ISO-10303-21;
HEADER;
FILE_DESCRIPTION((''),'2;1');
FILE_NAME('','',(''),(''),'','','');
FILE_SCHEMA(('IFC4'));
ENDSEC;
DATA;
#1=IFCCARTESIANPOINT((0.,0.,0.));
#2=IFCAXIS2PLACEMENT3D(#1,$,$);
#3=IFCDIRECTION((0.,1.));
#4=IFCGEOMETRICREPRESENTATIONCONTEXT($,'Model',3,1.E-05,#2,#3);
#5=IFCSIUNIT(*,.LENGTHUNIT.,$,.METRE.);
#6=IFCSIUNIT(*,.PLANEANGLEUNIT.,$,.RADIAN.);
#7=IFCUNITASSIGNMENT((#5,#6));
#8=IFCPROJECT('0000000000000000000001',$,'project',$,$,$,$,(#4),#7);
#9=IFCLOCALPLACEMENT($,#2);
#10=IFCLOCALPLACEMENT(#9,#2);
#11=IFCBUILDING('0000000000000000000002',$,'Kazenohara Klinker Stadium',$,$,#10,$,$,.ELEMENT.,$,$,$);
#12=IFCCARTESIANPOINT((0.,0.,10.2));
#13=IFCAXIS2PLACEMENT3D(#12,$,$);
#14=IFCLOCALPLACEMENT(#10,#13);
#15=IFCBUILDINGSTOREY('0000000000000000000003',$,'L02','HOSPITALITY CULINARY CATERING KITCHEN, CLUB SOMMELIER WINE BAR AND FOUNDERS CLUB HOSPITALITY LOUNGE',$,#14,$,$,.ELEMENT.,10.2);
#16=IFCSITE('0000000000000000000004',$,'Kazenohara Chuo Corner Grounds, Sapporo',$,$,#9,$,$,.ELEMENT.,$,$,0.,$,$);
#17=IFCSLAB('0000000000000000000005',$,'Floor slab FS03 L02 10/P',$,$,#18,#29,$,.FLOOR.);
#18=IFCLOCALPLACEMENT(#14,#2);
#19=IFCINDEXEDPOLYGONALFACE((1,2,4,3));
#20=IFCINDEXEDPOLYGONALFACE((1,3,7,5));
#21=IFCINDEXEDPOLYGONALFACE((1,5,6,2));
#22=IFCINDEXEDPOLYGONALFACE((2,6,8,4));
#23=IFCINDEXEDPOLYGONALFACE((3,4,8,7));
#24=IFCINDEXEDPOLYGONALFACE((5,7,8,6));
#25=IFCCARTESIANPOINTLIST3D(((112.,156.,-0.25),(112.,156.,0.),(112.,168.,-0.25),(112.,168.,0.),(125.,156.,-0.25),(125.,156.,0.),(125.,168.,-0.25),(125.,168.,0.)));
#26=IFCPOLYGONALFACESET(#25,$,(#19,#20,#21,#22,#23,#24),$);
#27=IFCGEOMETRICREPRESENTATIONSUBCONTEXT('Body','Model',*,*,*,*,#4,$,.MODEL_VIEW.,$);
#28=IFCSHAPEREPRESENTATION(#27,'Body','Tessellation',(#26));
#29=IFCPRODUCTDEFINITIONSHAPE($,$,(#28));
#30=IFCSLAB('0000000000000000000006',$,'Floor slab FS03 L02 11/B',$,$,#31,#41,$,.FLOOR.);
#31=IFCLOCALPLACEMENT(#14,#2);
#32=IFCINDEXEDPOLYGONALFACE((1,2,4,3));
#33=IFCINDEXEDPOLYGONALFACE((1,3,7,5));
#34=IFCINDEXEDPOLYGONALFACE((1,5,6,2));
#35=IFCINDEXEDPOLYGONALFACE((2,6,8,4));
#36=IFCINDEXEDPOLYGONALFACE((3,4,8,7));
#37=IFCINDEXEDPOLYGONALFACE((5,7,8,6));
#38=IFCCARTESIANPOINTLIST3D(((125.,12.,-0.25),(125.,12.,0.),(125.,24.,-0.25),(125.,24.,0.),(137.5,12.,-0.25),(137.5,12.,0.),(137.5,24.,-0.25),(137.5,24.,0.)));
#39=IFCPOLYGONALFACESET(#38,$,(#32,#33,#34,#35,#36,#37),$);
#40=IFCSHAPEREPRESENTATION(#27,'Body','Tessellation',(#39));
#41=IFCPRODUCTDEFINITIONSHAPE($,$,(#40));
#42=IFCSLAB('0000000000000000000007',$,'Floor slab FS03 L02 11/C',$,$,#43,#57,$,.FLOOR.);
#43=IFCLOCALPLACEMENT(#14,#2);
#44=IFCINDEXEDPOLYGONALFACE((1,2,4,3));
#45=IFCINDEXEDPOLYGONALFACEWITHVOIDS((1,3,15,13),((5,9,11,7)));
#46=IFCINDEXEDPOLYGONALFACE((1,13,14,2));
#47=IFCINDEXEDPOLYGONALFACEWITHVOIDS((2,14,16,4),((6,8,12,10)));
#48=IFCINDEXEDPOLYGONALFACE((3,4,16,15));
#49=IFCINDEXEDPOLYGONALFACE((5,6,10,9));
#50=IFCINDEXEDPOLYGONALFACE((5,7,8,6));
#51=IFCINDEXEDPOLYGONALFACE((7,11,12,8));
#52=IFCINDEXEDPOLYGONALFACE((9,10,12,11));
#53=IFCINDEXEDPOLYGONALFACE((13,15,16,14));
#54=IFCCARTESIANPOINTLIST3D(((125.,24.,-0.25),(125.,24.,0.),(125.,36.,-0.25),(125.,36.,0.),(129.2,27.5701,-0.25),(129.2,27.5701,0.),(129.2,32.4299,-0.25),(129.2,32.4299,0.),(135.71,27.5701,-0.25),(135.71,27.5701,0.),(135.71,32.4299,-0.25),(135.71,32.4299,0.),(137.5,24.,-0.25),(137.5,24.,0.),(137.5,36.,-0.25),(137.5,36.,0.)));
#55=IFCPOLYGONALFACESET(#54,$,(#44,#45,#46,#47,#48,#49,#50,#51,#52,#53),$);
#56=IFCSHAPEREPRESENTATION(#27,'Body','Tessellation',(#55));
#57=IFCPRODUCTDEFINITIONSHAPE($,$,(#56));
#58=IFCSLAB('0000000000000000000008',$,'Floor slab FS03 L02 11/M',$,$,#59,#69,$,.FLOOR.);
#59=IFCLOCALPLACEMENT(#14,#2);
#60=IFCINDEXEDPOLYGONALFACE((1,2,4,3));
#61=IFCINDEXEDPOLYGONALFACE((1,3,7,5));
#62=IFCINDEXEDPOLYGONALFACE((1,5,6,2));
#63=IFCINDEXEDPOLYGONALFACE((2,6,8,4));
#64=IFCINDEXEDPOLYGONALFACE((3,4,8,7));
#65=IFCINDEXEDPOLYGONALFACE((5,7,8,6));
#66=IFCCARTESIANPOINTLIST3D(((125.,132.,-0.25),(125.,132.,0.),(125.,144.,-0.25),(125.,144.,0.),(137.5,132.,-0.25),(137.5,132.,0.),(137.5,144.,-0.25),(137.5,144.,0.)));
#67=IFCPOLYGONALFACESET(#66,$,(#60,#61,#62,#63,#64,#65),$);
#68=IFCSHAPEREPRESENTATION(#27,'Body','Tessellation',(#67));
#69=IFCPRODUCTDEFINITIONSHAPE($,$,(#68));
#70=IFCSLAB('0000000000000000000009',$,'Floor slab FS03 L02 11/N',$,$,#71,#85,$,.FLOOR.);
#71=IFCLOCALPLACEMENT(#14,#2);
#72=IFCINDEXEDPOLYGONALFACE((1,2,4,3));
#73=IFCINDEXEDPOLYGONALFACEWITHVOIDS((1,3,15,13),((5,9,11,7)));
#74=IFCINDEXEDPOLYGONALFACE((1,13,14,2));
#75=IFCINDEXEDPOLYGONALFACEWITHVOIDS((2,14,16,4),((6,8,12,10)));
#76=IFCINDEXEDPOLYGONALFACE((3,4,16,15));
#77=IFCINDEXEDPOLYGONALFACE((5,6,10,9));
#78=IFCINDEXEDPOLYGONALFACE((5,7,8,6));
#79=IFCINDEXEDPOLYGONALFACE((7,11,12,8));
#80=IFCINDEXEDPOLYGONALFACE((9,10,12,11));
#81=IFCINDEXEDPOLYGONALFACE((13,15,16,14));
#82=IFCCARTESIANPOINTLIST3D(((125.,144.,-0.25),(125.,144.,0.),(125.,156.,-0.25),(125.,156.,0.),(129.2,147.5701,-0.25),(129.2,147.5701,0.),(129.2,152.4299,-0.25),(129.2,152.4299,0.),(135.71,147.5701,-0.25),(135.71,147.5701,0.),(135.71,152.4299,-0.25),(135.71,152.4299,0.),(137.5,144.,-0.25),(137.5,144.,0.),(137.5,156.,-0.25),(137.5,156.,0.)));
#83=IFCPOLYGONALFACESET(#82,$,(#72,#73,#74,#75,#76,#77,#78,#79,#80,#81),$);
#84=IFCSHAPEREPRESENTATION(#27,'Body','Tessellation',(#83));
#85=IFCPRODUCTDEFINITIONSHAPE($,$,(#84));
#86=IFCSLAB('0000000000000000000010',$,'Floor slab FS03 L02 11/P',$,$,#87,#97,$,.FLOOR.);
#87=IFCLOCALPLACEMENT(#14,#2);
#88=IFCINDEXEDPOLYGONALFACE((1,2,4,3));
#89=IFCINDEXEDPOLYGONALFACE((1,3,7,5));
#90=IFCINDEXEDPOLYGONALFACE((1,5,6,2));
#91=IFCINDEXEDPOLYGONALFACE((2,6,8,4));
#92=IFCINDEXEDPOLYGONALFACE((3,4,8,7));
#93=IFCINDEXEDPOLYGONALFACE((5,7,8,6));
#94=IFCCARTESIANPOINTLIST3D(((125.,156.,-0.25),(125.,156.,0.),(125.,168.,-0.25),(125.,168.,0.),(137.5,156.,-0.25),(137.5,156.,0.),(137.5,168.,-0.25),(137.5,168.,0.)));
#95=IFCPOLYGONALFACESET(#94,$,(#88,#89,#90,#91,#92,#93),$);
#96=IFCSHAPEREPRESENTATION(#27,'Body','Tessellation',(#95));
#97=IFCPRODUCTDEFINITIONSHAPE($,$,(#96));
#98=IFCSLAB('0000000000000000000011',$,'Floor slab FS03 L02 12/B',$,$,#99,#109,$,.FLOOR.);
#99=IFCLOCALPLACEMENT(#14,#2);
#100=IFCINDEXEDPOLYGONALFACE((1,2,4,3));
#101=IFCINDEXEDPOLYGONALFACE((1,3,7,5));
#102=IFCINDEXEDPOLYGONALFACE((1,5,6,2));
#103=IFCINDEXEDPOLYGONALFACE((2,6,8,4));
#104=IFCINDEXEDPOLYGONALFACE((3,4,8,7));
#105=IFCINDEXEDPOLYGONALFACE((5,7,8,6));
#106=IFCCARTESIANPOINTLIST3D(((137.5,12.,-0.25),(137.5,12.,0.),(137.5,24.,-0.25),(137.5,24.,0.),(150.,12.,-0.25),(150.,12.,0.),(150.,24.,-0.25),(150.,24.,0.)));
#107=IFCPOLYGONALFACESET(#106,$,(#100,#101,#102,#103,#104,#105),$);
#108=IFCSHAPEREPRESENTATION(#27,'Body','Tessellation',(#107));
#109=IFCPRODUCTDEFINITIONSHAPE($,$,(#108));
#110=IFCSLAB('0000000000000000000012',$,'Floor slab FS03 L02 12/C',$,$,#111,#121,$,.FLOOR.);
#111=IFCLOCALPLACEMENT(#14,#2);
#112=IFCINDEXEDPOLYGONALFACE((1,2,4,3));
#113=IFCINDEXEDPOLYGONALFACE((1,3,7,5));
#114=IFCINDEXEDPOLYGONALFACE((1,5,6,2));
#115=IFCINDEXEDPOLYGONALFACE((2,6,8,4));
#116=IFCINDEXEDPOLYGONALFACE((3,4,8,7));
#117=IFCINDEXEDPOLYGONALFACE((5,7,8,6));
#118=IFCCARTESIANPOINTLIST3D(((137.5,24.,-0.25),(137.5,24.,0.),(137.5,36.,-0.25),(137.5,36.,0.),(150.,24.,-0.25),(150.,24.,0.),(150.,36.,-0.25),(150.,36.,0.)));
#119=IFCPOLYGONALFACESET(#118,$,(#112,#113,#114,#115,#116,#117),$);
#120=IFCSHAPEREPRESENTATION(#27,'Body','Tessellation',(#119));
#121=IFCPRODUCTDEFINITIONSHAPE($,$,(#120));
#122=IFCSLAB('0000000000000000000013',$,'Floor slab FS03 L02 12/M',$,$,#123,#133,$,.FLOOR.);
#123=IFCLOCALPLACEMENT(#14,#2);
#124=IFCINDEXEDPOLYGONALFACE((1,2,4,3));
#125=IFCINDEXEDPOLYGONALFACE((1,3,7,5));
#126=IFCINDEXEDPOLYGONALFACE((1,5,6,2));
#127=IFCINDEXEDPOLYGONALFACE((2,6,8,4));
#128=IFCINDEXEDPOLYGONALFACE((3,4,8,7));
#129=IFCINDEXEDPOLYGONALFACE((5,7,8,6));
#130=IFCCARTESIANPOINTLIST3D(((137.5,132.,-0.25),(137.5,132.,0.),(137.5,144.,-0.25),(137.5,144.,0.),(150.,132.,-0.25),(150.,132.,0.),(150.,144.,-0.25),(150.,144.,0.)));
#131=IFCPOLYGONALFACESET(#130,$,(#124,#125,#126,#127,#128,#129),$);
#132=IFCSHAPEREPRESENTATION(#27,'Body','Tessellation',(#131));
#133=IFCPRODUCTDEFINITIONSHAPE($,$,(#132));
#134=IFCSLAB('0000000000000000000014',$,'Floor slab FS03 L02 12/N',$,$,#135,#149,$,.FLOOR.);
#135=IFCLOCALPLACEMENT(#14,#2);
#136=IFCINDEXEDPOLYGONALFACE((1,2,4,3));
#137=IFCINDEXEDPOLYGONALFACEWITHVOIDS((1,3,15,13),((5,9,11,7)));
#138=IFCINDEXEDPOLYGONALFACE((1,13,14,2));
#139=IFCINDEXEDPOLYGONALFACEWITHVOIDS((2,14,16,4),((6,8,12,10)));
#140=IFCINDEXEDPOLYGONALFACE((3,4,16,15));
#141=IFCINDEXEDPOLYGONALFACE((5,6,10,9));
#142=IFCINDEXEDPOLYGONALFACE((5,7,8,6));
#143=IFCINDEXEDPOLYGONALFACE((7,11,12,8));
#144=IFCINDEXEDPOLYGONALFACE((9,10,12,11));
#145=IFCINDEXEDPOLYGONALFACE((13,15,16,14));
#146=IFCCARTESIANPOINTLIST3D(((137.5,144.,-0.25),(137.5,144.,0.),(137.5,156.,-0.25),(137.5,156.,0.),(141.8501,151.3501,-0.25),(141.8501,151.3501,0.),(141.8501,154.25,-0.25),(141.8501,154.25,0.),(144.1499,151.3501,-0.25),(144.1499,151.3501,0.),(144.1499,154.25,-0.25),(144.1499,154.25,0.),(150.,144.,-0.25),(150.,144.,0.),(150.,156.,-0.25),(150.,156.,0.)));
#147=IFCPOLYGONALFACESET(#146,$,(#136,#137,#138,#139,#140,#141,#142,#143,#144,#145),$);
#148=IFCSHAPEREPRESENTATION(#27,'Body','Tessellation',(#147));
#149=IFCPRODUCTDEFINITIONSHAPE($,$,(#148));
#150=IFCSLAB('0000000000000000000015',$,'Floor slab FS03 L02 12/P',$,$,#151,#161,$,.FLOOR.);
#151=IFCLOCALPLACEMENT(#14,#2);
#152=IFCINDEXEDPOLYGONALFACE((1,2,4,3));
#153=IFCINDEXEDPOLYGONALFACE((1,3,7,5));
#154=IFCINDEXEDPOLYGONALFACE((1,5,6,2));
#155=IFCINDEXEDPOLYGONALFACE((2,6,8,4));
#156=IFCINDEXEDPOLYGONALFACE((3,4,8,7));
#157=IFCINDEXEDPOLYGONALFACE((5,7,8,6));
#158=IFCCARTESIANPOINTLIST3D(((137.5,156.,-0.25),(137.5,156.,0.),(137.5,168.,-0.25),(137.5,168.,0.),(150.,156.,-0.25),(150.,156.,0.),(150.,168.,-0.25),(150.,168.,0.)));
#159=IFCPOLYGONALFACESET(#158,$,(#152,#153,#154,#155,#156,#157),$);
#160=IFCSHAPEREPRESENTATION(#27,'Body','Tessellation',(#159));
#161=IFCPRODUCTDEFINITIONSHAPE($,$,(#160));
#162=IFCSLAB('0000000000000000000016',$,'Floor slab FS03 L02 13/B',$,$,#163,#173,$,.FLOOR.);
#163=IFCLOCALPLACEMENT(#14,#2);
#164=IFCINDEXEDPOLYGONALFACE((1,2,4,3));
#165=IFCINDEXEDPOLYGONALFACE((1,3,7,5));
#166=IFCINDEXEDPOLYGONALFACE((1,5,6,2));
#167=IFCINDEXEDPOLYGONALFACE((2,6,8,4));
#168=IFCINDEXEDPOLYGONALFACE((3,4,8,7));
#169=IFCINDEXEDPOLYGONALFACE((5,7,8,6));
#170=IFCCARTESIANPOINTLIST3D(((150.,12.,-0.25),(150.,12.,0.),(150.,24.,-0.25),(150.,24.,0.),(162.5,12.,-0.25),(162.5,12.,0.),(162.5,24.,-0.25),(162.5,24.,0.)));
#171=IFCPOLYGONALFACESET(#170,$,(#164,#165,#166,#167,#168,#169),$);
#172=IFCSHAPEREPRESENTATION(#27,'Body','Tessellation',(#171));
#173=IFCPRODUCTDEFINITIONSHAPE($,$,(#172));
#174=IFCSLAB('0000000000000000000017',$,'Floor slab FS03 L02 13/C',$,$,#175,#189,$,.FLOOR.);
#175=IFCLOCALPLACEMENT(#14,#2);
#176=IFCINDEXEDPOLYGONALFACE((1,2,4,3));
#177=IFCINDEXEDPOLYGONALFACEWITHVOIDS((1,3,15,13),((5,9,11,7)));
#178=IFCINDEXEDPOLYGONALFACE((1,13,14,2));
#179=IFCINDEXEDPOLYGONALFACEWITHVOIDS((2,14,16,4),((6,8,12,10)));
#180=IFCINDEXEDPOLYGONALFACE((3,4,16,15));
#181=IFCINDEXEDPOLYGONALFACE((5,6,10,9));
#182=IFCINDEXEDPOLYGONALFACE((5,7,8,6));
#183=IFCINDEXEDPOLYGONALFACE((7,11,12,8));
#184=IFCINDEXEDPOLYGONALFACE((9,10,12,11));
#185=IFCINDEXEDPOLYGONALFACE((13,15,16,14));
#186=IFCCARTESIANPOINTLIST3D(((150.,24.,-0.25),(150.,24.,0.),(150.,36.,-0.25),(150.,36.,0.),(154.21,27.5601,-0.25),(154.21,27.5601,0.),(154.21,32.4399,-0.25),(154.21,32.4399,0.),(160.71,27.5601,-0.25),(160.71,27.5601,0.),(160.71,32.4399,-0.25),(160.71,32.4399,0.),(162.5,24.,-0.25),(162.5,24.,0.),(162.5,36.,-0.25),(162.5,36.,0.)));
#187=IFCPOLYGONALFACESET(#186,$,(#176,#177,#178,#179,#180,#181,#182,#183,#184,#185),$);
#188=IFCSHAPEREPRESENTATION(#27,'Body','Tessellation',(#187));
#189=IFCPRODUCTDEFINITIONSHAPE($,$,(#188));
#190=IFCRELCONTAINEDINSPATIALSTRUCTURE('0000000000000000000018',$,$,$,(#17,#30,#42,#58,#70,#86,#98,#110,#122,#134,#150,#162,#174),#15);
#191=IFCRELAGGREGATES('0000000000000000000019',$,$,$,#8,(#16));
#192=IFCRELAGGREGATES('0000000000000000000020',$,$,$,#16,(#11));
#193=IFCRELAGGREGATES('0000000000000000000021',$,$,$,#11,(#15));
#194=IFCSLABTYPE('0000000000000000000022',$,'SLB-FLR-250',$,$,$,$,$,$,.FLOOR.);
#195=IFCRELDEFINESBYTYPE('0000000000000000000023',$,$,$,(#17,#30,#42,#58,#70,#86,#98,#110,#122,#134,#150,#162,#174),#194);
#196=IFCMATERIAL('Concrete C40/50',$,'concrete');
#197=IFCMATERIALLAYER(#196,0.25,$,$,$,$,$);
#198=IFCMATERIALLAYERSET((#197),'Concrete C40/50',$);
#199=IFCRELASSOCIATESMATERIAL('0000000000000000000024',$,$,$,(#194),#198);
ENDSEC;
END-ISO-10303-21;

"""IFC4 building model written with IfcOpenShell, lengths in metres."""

from ifc_helpers import new_model, si_unit, direction, frame, origin, place, context, subcontext, project, spatial, polyline, outline, extrude, material, layer, layer_set, type_object, element, save


model = new_model("IFC4")

# Units and contexts
model_context = context("Model", 3, precision=1e-05, world=origin(), true_north=direction((0.0, 1.0)))
body_context = subcontext(model_context, "Body", "Model", "MODEL_VIEW")
ifc_project = project(units=[si_unit("LENGTHUNIT", "METRE"), si_unit("PLANEANGLEUNIT", "RADIAN")], contexts=[model_context])

# Site, building, storey
site_placement = place(None, origin())
site = spatial("IfcSite", under=ifc_project, at=site_placement, Name="Kazenohara Chuo Corner Grounds, Sapporo", CompositionType="ELEMENT", RefElevation=0.0)
building_placement = place(site_placement, origin())
building = spatial("IfcBuilding", under=site, at=building_placement, Name="Kazenohara Klinker Stadium", CompositionType="ELEMENT")
storey_placement = place(building_placement, frame((0.0, 0.0, 10.2)))
storey = spatial("IfcBuildingStorey", under=building, at=storey_placement, Name="L02", Description="HOSPITALITY CULINARY CATERING KITCHEN, CLUB SOMMELIER WINE BAR AND FOUNDERS CLUB HOSPITALITY LOUNGE", CompositionType="ELEMENT", Elevation=10.2)

# Slabs
ifc_material = material(Name="Concrete C40/50", Category="concrete")
ifc_layer = layer(ifc_material, 0.25)
ifc_layer_set = layer_set([ifc_layer], Name="Concrete C40/50")
slab_type = type_object("IfcSlabType", Name="SLB-FLR-250", PredefinedType="FLOOR", material=ifc_layer_set)
slab_1_placement = place(storey_placement, frame((0.0, 0.0, -0.25)))
element("IfcSlab", 1, at=slab_1_placement, inside=storey, type_object=slab_type, Name="Floor slab FS03 L02 10/P", PredefinedType="FLOOR", context=body_context, shape_type="SweptSolid", body=[
    extrude(outline(polyline([(112.0, 156.0), (125.0, 156.0), (125.0, 168.0), (112.0, 168.0), (112.0, 156.0)])), origin(), (0.0, 0.0, 1.0), 0.25),
])
slab_2_placement = place(storey_placement, frame((0.0, 0.0, -0.25)))
element("IfcSlab", 2, at=slab_2_placement, inside=storey, type_object=slab_type, Name="Floor slab FS03 L02 11/B", PredefinedType="FLOOR", context=body_context, shape_type="SweptSolid", body=[
    extrude(outline(polyline([(125.0, 12.0), (137.5, 12.0), (137.5, 24.0), (125.0, 24.0), (125.0, 12.0)])), origin(), (0.0, 0.0, 1.0), 0.25),
])
slab_3_placement = place(storey_placement, frame((0.0, 0.0, -0.25)))
element("IfcSlab", 3, at=slab_3_placement, inside=storey, type_object=slab_type, Name="Floor slab FS03 L02 11/C", PredefinedType="FLOOR", context=body_context, shape_type="SweptSolid", body=[
    extrude(outline(polyline([(125.0, 24.0), (137.5, 24.0), (137.5, 36.0), (125.0, 36.0), (125.0, 24.0)]), holes=[polyline([(129.2, 27.5701), (135.71, 27.5701), (135.71, 32.4299), (129.2, 32.4299), (129.2, 27.5701)])]), origin(), (0.0, 0.0, 1.0), 0.25),
])
slab_4_placement = place(storey_placement, frame((0.0, 0.0, -0.25)))
element("IfcSlab", 4, at=slab_4_placement, inside=storey, type_object=slab_type, Name="Floor slab FS03 L02 11/M", PredefinedType="FLOOR", context=body_context, shape_type="SweptSolid", body=[
    extrude(outline(polyline([(125.0, 132.0), (137.5, 132.0), (137.5, 144.0), (125.0, 144.0), (125.0, 132.0)])), origin(), (0.0, 0.0, 1.0), 0.25),
])
slab_5_placement = place(storey_placement, frame((0.0, 0.0, -0.25)))
element("IfcSlab", 5, at=slab_5_placement, inside=storey, type_object=slab_type, Name="Floor slab FS03 L02 11/N", PredefinedType="FLOOR", context=body_context, shape_type="SweptSolid", body=[
    extrude(outline(polyline([(125.0, 144.0), (137.5, 144.0), (137.5, 156.0), (125.0, 156.0), (125.0, 144.0)]), holes=[polyline([(129.2, 147.5701), (135.71, 147.5701), (135.71, 152.4299), (129.2, 152.4299), (129.2, 147.5701)])]), origin(), (0.0, 0.0, 1.0), 0.25),
])
slab_6_placement = place(storey_placement, frame((0.0, 0.0, -0.25)))
element("IfcSlab", 6, at=slab_6_placement, inside=storey, type_object=slab_type, Name="Floor slab FS03 L02 11/P", PredefinedType="FLOOR", context=body_context, shape_type="SweptSolid", body=[
    extrude(outline(polyline([(125.0, 156.0), (137.5, 156.0), (137.5, 168.0), (125.0, 168.0), (125.0, 156.0)])), origin(), (0.0, 0.0, 1.0), 0.25),
])
slab_7_placement = place(storey_placement, frame((0.0, 0.0, -0.25)))
element("IfcSlab", 7, at=slab_7_placement, inside=storey, type_object=slab_type, Name="Floor slab FS03 L02 12/B", PredefinedType="FLOOR", context=body_context, shape_type="SweptSolid", body=[
    extrude(outline(polyline([(137.5, 12.0), (150.0, 12.0), (150.0, 24.0), (137.5, 24.0), (137.5, 12.0)])), origin(), (0.0, 0.0, 1.0), 0.25),
])
slab_8_placement = place(storey_placement, frame((0.0, 0.0, -0.25)))
element("IfcSlab", 8, at=slab_8_placement, inside=storey, type_object=slab_type, Name="Floor slab FS03 L02 12/C", PredefinedType="FLOOR", context=body_context, shape_type="SweptSolid", body=[
    extrude(outline(polyline([(137.5, 24.0), (150.0, 24.0), (150.0, 36.0), (137.5, 36.0), (137.5, 24.0)])), origin(), (0.0, 0.0, 1.0), 0.25),
])
slab_9_placement = place(storey_placement, frame((0.0, 0.0, -0.25)))
element("IfcSlab", 9, at=slab_9_placement, inside=storey, type_object=slab_type, Name="Floor slab FS03 L02 12/M", PredefinedType="FLOOR", context=body_context, shape_type="SweptSolid", body=[
    extrude(outline(polyline([(137.5, 132.0), (150.0, 132.0), (150.0, 144.0), (137.5, 144.0), (137.5, 132.0)])), origin(), (0.0, 0.0, 1.0), 0.25),
])
slab_10_placement = place(storey_placement, frame((0.0, 0.0, -0.25)))
element("IfcSlab", 10, at=slab_10_placement, inside=storey, type_object=slab_type, Name="Floor slab FS03 L02 12/N", PredefinedType="FLOOR", context=body_context, shape_type="SweptSolid", body=[
    extrude(outline(polyline([(137.5, 144.0), (150.0, 144.0), (150.0, 156.0), (137.5, 156.0), (137.5, 144.0)]), holes=[polyline([(141.8501, 151.3501), (144.1499, 151.3501), (144.1499, 154.25), (141.8501, 154.25), (141.8501, 151.3501)])]), origin(), (0.0, 0.0, 1.0), 0.25),
])
slab_11_placement = place(storey_placement, frame((0.0, 0.0, -0.25)))
element("IfcSlab", 11, at=slab_11_placement, inside=storey, type_object=slab_type, Name="Floor slab FS03 L02 12/P", PredefinedType="FLOOR", context=body_context, shape_type="SweptSolid", body=[
    extrude(outline(polyline([(137.5, 156.0), (150.0, 156.0), (150.0, 168.0), (137.5, 168.0), (137.5, 156.0)])), origin(), (0.0, 0.0, 1.0), 0.25),
])
slab_12_placement = place(storey_placement, frame((0.0, 0.0, -0.25)))
element("IfcSlab", 12, at=slab_12_placement, inside=storey, type_object=slab_type, Name="Floor slab FS03 L02 13/B", PredefinedType="FLOOR", context=body_context, shape_type="SweptSolid", body=[
    extrude(outline(polyline([(150.0, 12.0), (162.5, 12.0), (162.5, 24.0), (150.0, 24.0), (150.0, 12.0)])), origin(), (0.0, 0.0, 1.0), 0.25),
])
slab_13_placement = place(storey_placement, frame((0.0, 0.0, -0.25)))
element("IfcSlab", 13, at=slab_13_placement, inside=storey, type_object=slab_type, Name="Floor slab FS03 L02 13/C", PredefinedType="FLOOR", context=body_context, shape_type="SweptSolid", body=[
    extrude(outline(polyline([(150.0, 24.0), (162.5, 24.0), (162.5, 36.0), (150.0, 36.0), (150.0, 24.0)]), holes=[polyline([(154.21, 27.5601), (160.71, 27.5601), (160.71, 32.4399), (154.21, 32.4399), (154.21, 27.5601)])]), origin(), (0.0, 0.0, 1.0), 0.25),
])

save(model, "model.ifc")
